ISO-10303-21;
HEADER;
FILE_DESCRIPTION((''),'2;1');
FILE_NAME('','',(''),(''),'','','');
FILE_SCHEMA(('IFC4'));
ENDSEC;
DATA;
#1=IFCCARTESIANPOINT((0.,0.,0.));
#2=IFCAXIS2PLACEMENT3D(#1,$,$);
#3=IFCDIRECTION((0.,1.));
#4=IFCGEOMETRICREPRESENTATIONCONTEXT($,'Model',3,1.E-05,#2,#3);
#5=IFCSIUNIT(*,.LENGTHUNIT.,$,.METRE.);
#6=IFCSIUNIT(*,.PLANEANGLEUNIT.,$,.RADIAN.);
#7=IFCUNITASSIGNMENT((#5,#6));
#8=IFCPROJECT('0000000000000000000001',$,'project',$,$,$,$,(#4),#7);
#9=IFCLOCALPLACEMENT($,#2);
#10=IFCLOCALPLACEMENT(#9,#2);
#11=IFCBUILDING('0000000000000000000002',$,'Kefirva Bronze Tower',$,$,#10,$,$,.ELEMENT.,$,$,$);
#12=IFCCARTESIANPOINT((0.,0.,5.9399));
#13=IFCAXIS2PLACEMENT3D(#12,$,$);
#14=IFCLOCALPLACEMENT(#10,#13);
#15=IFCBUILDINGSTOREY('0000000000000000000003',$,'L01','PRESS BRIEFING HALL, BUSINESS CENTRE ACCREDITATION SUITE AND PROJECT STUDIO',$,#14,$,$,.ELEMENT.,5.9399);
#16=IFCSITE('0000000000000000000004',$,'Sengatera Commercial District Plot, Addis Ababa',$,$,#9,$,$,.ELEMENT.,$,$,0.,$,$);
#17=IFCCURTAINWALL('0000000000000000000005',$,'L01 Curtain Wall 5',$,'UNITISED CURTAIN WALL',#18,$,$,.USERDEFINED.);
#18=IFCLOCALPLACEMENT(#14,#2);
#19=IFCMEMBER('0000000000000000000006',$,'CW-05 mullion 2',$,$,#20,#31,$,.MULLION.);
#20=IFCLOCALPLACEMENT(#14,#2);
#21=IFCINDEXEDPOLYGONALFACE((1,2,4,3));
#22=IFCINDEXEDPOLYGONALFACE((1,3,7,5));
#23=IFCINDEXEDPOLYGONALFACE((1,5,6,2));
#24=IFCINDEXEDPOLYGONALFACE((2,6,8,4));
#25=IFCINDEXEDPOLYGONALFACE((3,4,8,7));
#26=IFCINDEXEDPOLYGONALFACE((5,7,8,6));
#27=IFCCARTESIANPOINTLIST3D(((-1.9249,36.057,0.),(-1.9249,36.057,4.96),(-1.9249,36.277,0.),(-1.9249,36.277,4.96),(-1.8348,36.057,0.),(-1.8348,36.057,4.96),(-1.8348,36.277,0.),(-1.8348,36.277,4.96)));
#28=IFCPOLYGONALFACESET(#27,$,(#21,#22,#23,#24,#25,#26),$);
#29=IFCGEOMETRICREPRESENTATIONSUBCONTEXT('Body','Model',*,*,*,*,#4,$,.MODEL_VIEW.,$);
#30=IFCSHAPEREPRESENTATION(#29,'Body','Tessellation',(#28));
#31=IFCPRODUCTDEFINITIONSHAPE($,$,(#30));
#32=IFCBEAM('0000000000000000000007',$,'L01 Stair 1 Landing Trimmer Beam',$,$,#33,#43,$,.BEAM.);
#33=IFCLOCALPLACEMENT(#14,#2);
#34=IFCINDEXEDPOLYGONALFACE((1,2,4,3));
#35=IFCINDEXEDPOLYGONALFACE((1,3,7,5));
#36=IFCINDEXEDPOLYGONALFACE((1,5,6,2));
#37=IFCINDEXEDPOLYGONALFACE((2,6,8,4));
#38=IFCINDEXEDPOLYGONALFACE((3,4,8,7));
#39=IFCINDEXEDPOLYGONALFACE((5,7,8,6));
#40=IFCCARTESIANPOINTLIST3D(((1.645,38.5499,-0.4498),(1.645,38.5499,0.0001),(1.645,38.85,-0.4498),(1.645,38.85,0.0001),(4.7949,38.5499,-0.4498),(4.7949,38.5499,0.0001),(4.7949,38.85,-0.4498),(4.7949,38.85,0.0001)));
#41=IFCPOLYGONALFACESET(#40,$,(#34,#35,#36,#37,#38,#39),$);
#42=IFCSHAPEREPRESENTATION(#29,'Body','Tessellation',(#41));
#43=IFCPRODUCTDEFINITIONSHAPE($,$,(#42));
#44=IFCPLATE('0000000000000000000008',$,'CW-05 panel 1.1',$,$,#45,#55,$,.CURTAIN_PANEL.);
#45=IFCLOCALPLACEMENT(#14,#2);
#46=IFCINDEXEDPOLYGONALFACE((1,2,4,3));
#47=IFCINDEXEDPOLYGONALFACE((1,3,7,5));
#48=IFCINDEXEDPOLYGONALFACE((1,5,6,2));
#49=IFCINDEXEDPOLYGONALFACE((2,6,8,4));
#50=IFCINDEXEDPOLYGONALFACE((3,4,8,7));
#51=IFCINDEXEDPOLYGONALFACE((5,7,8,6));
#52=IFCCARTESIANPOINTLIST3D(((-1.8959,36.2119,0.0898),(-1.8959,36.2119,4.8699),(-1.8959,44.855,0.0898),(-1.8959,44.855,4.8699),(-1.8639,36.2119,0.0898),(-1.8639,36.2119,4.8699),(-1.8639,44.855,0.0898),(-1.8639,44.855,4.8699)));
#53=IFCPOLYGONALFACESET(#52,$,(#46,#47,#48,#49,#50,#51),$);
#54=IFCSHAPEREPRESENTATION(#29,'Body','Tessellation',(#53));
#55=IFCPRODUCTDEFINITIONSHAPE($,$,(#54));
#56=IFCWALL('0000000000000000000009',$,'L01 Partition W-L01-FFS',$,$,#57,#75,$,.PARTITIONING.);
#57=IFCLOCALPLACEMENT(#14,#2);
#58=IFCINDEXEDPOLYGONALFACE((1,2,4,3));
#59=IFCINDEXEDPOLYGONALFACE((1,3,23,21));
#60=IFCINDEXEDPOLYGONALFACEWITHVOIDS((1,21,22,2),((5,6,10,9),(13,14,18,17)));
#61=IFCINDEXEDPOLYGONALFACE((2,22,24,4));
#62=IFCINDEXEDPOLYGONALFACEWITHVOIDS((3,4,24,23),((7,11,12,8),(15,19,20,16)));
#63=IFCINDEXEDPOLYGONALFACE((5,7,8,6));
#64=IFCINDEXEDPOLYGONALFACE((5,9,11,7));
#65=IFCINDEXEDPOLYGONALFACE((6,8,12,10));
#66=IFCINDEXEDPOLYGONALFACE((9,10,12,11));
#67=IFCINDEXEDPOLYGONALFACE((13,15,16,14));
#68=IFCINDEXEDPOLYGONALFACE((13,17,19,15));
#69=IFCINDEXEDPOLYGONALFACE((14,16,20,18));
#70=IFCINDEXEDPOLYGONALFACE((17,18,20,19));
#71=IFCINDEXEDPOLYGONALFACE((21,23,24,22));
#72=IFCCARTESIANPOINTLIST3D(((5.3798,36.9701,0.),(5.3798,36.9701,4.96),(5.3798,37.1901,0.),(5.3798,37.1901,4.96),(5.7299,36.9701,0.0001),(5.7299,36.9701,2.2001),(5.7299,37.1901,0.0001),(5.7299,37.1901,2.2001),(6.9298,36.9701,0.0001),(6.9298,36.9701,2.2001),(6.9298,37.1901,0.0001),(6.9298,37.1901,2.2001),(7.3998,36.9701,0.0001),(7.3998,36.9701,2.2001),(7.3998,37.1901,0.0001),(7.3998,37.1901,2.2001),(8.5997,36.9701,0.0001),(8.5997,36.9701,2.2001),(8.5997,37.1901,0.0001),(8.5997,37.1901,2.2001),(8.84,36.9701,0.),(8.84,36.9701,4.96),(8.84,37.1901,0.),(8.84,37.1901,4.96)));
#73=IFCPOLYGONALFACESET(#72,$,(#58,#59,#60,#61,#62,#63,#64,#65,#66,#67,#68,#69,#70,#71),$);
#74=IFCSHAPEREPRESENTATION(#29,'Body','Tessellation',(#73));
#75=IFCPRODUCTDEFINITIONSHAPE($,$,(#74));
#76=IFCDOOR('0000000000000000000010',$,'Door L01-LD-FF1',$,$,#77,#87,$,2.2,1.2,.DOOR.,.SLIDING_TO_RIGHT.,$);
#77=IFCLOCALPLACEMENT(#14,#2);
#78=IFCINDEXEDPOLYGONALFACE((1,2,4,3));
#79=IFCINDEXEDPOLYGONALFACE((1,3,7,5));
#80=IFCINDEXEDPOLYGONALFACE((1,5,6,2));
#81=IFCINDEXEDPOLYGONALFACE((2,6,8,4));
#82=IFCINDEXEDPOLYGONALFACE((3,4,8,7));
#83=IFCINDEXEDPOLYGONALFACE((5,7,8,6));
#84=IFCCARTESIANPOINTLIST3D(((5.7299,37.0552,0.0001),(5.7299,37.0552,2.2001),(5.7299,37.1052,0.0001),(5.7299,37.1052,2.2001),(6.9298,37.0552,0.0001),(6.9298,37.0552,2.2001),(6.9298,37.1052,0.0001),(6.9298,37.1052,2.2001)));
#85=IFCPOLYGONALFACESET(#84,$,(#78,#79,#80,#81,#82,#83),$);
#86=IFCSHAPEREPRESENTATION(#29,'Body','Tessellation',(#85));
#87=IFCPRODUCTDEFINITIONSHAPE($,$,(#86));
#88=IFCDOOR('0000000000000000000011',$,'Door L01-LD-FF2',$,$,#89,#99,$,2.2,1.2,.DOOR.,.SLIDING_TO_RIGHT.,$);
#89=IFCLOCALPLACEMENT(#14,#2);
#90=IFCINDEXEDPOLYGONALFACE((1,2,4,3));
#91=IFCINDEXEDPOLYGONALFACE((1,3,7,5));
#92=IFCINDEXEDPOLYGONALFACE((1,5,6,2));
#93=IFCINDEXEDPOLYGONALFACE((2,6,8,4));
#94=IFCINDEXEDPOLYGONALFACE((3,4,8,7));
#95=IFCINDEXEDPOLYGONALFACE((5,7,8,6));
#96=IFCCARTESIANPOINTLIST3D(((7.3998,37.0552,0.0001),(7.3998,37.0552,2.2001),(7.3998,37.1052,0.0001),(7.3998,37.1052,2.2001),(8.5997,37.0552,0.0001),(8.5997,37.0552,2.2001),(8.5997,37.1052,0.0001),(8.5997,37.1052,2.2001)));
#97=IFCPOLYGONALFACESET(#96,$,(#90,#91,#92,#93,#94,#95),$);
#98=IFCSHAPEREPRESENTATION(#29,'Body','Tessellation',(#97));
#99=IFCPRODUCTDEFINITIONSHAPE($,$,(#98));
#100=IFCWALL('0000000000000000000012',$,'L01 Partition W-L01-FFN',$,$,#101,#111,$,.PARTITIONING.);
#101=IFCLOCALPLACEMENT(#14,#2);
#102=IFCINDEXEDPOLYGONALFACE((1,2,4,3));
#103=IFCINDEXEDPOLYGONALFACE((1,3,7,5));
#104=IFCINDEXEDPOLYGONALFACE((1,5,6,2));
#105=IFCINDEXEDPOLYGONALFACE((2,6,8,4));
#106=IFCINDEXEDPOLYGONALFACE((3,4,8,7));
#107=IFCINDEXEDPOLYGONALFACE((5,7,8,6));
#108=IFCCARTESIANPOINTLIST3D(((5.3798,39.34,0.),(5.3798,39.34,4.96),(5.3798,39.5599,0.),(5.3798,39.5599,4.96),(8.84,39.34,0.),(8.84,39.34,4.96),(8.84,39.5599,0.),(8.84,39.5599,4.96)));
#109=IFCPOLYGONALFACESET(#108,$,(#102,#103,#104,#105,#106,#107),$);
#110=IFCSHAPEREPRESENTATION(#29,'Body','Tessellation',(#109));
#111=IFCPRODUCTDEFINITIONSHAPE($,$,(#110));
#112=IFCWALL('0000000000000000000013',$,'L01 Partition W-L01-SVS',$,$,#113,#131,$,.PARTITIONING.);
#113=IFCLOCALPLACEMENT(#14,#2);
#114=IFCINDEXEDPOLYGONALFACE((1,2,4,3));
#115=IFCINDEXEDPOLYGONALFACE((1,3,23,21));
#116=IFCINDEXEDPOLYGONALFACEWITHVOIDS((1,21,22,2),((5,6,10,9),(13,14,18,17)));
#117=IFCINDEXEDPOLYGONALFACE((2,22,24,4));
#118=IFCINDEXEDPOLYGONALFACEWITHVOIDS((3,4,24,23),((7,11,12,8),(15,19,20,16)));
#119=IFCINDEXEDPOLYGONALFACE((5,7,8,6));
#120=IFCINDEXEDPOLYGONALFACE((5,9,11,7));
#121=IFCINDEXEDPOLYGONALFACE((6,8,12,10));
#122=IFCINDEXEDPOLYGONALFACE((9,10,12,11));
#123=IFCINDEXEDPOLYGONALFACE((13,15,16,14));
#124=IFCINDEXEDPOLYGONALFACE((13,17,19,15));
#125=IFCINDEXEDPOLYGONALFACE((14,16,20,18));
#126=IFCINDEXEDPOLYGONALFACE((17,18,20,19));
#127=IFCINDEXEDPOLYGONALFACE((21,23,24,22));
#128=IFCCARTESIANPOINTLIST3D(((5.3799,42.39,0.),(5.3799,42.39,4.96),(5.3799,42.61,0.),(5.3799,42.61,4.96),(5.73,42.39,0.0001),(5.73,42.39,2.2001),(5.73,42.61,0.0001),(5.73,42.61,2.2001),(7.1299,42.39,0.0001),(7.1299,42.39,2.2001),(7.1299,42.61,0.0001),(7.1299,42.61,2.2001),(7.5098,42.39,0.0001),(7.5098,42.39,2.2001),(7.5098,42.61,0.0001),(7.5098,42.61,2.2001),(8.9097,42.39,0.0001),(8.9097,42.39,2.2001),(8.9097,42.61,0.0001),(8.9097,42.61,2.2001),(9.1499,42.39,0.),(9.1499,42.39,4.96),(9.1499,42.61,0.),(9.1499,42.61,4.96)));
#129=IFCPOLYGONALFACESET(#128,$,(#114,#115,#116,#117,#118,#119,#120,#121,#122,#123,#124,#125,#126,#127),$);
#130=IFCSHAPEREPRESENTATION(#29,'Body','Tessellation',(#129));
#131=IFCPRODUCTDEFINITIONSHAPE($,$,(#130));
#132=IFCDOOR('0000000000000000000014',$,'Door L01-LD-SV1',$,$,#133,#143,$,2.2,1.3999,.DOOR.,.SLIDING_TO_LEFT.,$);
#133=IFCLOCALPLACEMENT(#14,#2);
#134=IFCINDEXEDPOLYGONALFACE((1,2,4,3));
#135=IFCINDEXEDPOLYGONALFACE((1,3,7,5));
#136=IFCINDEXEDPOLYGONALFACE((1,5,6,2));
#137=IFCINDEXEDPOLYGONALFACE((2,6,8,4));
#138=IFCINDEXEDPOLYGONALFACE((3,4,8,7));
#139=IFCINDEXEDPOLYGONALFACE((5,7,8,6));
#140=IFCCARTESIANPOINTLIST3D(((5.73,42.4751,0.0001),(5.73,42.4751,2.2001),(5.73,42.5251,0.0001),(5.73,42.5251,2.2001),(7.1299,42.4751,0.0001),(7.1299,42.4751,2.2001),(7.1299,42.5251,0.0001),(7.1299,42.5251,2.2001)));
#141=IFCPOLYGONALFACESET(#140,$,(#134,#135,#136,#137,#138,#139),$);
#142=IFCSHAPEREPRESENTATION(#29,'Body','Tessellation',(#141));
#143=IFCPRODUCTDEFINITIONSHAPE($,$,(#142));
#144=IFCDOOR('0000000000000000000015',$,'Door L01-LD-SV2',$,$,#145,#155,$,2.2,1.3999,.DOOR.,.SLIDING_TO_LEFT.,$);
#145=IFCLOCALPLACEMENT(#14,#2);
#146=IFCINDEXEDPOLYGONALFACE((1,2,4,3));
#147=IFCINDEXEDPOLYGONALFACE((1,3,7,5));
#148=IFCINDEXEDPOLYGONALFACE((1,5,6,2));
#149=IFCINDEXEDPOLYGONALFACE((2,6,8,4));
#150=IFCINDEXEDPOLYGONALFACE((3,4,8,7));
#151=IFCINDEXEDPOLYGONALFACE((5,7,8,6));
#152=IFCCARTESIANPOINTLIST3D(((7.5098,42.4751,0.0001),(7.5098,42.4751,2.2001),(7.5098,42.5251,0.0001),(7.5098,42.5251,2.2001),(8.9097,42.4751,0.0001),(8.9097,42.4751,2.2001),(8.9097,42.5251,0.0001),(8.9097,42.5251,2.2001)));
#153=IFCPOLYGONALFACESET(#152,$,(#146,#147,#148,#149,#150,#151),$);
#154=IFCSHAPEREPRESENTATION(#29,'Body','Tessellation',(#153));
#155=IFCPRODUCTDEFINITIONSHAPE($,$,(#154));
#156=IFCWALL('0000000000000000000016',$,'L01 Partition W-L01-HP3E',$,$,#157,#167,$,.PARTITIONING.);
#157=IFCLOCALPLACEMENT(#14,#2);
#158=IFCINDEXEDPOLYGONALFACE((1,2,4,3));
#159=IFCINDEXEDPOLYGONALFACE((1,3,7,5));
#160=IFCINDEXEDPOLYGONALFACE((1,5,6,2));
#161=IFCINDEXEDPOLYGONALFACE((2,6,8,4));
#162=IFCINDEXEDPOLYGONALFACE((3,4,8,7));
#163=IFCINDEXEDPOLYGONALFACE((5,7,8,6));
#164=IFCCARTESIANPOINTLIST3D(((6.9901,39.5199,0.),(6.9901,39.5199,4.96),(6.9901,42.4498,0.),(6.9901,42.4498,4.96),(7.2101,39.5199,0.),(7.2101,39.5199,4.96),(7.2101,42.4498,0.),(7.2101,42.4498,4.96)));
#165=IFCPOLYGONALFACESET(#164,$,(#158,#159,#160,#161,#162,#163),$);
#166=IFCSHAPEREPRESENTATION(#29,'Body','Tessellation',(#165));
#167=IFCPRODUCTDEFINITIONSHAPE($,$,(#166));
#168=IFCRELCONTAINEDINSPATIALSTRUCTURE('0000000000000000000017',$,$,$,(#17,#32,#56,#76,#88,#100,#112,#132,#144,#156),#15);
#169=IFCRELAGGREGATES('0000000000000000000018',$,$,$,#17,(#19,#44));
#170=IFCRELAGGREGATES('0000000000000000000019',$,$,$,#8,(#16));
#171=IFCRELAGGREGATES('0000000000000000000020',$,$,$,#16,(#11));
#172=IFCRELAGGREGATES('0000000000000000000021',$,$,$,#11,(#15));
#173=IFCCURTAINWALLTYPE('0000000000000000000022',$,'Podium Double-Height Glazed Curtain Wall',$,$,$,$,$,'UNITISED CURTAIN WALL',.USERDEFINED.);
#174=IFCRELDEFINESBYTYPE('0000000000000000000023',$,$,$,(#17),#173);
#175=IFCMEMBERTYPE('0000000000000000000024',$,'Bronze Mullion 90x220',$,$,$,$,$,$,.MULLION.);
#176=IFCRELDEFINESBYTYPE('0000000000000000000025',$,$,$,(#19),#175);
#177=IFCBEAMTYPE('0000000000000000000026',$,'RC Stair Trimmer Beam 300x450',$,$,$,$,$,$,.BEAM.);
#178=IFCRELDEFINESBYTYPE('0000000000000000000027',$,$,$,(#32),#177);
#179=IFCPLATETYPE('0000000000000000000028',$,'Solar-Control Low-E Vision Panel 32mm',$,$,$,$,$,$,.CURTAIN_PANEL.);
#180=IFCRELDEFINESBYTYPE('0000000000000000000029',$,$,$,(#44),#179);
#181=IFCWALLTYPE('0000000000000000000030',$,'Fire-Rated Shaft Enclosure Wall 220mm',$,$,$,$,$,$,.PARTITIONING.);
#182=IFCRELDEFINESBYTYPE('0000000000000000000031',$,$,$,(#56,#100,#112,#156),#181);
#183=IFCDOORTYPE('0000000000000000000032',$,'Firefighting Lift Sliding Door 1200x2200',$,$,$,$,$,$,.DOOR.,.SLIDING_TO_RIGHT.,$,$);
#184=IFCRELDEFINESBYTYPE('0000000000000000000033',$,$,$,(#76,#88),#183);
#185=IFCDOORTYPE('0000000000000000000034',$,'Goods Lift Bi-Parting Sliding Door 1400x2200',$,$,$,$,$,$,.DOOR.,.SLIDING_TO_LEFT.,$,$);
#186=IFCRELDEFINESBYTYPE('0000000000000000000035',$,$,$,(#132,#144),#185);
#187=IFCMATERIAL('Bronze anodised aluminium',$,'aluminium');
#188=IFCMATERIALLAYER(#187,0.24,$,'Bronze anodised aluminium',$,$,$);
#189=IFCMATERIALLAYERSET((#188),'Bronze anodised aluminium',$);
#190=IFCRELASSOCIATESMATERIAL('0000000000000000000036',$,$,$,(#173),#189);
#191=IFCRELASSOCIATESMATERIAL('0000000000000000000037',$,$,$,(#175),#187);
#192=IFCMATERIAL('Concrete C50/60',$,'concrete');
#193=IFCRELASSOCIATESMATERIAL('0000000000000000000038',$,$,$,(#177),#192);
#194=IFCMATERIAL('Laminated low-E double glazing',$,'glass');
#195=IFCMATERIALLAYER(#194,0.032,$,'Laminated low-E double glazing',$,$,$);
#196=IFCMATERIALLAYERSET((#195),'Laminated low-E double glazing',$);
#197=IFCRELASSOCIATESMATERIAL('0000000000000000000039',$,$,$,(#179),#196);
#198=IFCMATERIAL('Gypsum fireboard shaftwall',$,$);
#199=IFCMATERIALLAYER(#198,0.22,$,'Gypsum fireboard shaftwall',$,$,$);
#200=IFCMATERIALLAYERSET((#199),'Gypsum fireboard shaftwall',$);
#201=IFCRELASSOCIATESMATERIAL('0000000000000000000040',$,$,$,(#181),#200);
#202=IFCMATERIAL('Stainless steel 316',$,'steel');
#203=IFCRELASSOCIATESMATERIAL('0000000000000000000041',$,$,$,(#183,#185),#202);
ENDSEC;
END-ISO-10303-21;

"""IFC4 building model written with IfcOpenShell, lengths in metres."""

from ifc_helpers import new_model, si_unit, direction, frame, frame_2d, origin, origin_2d, place, context, subcontext, project, spatial, rectangle, extrude, material, layer, layer_set, material_profile, profile_set, type_object, element, fill, aggregate, save


model = new_model("IFC4")

# Units and contexts
model_context = context("Model", 3, precision=1e-05, world=origin(), true_north=direction((0.0, 1.0)))
body_context = subcontext(model_context, "Body", "Model", "MODEL_VIEW")
ifc_project = project(units=[si_unit("LENGTHUNIT", "METRE"), si_unit("PLANEANGLEUNIT", "RADIAN")], contexts=[model_context])

# Site, building, storey
site_placement = place(None, origin())
site = spatial("IfcSite", under=ifc_project, at=site_placement, Name="Sengatera Commercial District Plot, Addis Ababa", CompositionType="ELEMENT", RefElevation=0.0)
building_placement = place(site_placement, origin())
building = spatial("IfcBuilding", under=site, at=building_placement, Name="Kefirva Bronze Tower", CompositionType="ELEMENT")
storey_placement = place(building_placement, frame((0.0, 0.0, 5.9399)))
storey = spatial("IfcBuildingStorey", under=building, at=storey_placement, Name="L01", Description="PRESS BRIEFING HALL, BUSINESS CENTRE ACCREDITATION SUITE AND PROJECT STUDIO", CompositionType="ELEMENT", Elevation=5.9399)

# Curtain wall, member
ifc_material_1 = material(Name="Bronze anodised aluminium", Category="aluminium")
ifc_layer_1 = layer(ifc_material_1, 0.24, Name="Bronze anodised aluminium")
ifc_layer_set_1 = layer_set([ifc_layer_1], Name="Bronze anodised aluminium")
curtain_wall_type = type_object("IfcCurtainWallType", Name="Podium Double-Height Glazed Curtain Wall", ElementType="UNITISED CURTAIN WALL", PredefinedType="USERDEFINED", material=ifc_layer_set_1)
curtain_wall_placement = place(storey_placement, origin())
curtain_wall = element("IfcCurtainWall", 1, at=curtain_wall_placement, inside=storey, type_object=curtain_wall_type, Name="L01 Curtain Wall 5", ObjectType="UNITISED CURTAIN WALL", PredefinedType="USERDEFINED")
ifc_material_profile_1 = material_profile(ifc_material_1, rectangle(XDim=0.0901, YDim=0.22, at=origin_2d()), Name="ALU 90x220")
ifc_profile_set_1 = profile_set([ifc_material_profile_1], Name="Bronze anodised aluminium")
member_type = type_object("IfcMemberType", Name="Bronze Mullion 90x220", PredefinedType="MULLION", material=ifc_profile_set_1)
member_placement = place(storey_placement, frame((-1.8799, 36.167, 0.0), z_axis=(0.0, 0.0, 1.0), x_axis=(1.0, 0.0, 0.0)))
member = element("IfcMember", 2, at=member_placement, type_object=member_type, Name="CW-05 mullion 2", PredefinedType="MULLION", context=body_context, shape_type="SweptSolid", body=[
    extrude(rectangle(XDim=0.0901, YDim=0.22, at=origin_2d()), origin(), (0.0, 0.0, 1.0), 4.96),
])

# Beam
ifc_material_2 = material(Name="Concrete C50/60", Category="concrete")
ifc_material_profile_2 = material_profile(ifc_material_2, rectangle(XDim=0.3, YDim=0.45, at=origin_2d()), Name="RC 300x450")
ifc_profile_set_2 = profile_set([ifc_material_profile_2], Name="Concrete C50/60")
beam_type = type_object("IfcBeamType", Name="RC Stair Trimmer Beam 300x450", PredefinedType="BEAM", material=ifc_profile_set_2)
beam_placement = place(storey_placement, frame((1.645, 38.7, -0.2249), z_axis=(1.0, 0.0, 0.0), x_axis=(0.0, 1.0, 0.0)))
element("IfcBeam", 3, at=beam_placement, inside=storey, type_object=beam_type, Name="L01 Stair 1 Landing Trimmer Beam", PredefinedType="BEAM", context=body_context, shape_type="SweptSolid", body=[
    extrude(rectangle(XDim=0.3, YDim=0.45, at=origin_2d()), origin(), (0.0, 0.0, 1.0), 3.1499),
])

# Plate
ifc_material_3 = material(Name="Laminated low-E double glazing", Category="glass")
ifc_layer_2 = layer(ifc_material_3, 0.032, Name="Laminated low-E double glazing")
ifc_layer_set_2 = layer_set([ifc_layer_2], Name="Laminated low-E double glazing")
plate_type = type_object("IfcPlateType", Name="Solar-Control Low-E Vision Panel 32mm", PredefinedType="CURTAIN_PANEL", material=ifc_layer_set_2)
plate_placement = place(storey_placement, frame((-1.8799, 40.5334, 0.0898), z_axis=(0.0, 0.0, 1.0), x_axis=(0.0, -1.0, 0.0)))
plate = element("IfcPlate", 4, at=plate_placement, type_object=plate_type, Name="CW-05 panel 1.1", PredefinedType="CURTAIN_PANEL", context=body_context, shape_type="SweptSolid", body=[
    extrude(rectangle(XDim=8.6431, YDim=0.032, at=origin_2d()), origin(), (0.0, 0.0, 1.0), 4.78),
])
aggregate(curtain_wall, [member, plate])

# Shared definitions
ifc_material_4 = material(Name="Gypsum fireboard shaftwall")
ifc_layer_3 = layer(ifc_material_4, 0.22, Name="Gypsum fireboard shaftwall")
ifc_layer_set_3 = layer_set([ifc_layer_3], Name="Gypsum fireboard shaftwall")
wall_type_1 = type_object("IfcWallType", Name="Fire-Rated Shaft Enclosure Wall 220mm", PredefinedType="PARTITIONING", material=ifc_layer_set_3)

# Wall, openings, doors
wall_1_placement = place(storey_placement, frame((5.3799, 37.0801, 0.0), z_axis=(0.0, 0.0, 1.0), x_axis=(1.0, 0.0, 0.0)))
wall_1 = element("IfcWall", 5, at=wall_1_placement, inside=storey, type_object=wall_type_1, Name="L01 Partition W-L01-FFS", PredefinedType="PARTITIONING", context=body_context, shape_type="SweptSolid", body=[
    extrude(rectangle(XDim=3.4602, YDim=0.22, at=frame_2d((1.73, 0.0))), origin(), (0.0, 0.0, 1.0), 4.96),
])
opening_1_placement = place(wall_1_placement, frame((1.55, 0.0, 0.0), z_axis=(0.0, 0.0, 1.0), x_axis=(-1.0, 0.0, 0.0)))
opening_1 = element("IfcOpeningElement", 6, at=opening_1_placement, cuts=wall_1, PredefinedType="OPENING", context=body_context, shape_type="SweptSolid", body=[
    extrude(rectangle(XDim=1.2, YDim=2.2, at=frame_2d((0.6001, 1.1001))), frame((0.0, 0.1201, 0.0), z_axis=(0.0, -1.0, 0.0), x_axis=(1.0, 0.0, 0.0)), (0.0, 0.0, 1.0), 0.24),
])
opening_2_placement = place(wall_1_placement, frame((3.22, 0.0, 0.0), z_axis=(0.0, 0.0, 1.0), x_axis=(-1.0, 0.0, 0.0)))
opening_2 = element("IfcOpeningElement", 7, at=opening_2_placement, cuts=wall_1, PredefinedType="OPENING", context=body_context, shape_type="SweptSolid", body=[
    extrude(rectangle(XDim=1.2, YDim=2.2, at=frame_2d((0.6001, 1.1001))), frame((0.0, 0.1201, 0.0), z_axis=(0.0, -1.0, 0.0), x_axis=(1.0, 0.0, 0.0)), (0.0, 0.0, 1.0), 0.24),
])
ifc_material_5 = material(Name="Stainless steel 316", Category="steel")
door_type_1 = type_object("IfcDoorType", Name="Firefighting Lift Sliding Door 1200x2200", OperationType="SLIDING_TO_RIGHT", PredefinedType="DOOR", material=ifc_material_5)
door_1_placement = place(opening_1_placement, origin())
door_1 = element("IfcDoor", 8, at=door_1_placement, inside=storey, type_object=door_type_1, Name="Door L01-LD-FF1", OperationType="SLIDING_TO_RIGHT", OverallHeight=2.2, OverallWidth=1.2, PredefinedType="DOOR", context=body_context, shape_type="SweptSolid", body=[
    extrude(rectangle(XDim=1.2, YDim=2.2, at=frame_2d((0.6001, 1.1001))), frame((0.0, 0.0249, 0.0), z_axis=(0.0, -1.0, 0.0), x_axis=(1.0, 0.0, 0.0)), (0.0, 0.0, 1.0), 0.05),
])
fill(opening_1, door_1)
door_2_placement = place(opening_2_placement, origin())
door_2 = element("IfcDoor", 9, at=door_2_placement, inside=storey, type_object=door_type_1, Name="Door L01-LD-FF2", OperationType="SLIDING_TO_RIGHT", OverallHeight=2.2, OverallWidth=1.2, PredefinedType="DOOR", context=body_context, shape_type="SweptSolid", body=[
    extrude(rectangle(XDim=1.2, YDim=2.2, at=frame_2d((0.6001, 1.1001))), frame((0.0, 0.0249, 0.0), z_axis=(0.0, -1.0, 0.0), x_axis=(1.0, 0.0, 0.0)), (0.0, 0.0, 1.0), 0.05),
])
fill(opening_2, door_2)

# Wall
wall_2_placement = place(storey_placement, frame((5.3799, 39.45, 0.0), z_axis=(0.0, 0.0, 1.0), x_axis=(1.0, 0.0, 0.0)))
element("IfcWall", 10, at=wall_2_placement, inside=storey, type_object=wall_type_1, Name="L01 Partition W-L01-FFN", PredefinedType="PARTITIONING", context=body_context, shape_type="SweptSolid", body=[
    extrude(rectangle(XDim=3.4602, YDim=0.22, at=frame_2d((1.73, 0.0))), origin(), (0.0, 0.0, 1.0), 4.96),
])

# Wall, openings, doors
wall_3_placement = place(storey_placement, frame((5.3799, 42.5, 0.0), z_axis=(0.0, 0.0, 1.0), x_axis=(1.0, 0.0, 0.0)))
wall_3 = element("IfcWall", 11, at=wall_3_placement, inside=storey, type_object=wall_type_1, Name="L01 Partition W-L01-SVS", PredefinedType="PARTITIONING", context=body_context, shape_type="SweptSolid", body=[
    extrude(rectangle(XDim=3.77, YDim=0.22, at=frame_2d((1.885, 0.0))), origin(), (0.0, 0.0, 1.0), 4.96),
])
opening_3_placement = place(wall_3_placement, frame((1.75, 0.0, 0.0), z_axis=(0.0, 0.0, 1.0), x_axis=(-1.0, 0.0, 0.0)))
opening_3 = element("IfcOpeningElement", 12, at=opening_3_placement, cuts=wall_3, PredefinedType="OPENING", context=body_context, shape_type="SweptSolid", body=[
    extrude(rectangle(XDim=1.3999, YDim=2.2, at=frame_2d((0.7, 1.1001))), frame((0.0, 0.1201, 0.0), z_axis=(0.0, -1.0, 0.0), x_axis=(1.0, 0.0, 0.0)), (0.0, 0.0, 1.0), 0.24),
])
opening_4_placement = place(wall_3_placement, frame((3.5298, 0.0, 0.0), z_axis=(0.0, 0.0, 1.0), x_axis=(-1.0, 0.0, 0.0)))
opening_4 = element("IfcOpeningElement", 13, at=opening_4_placement, cuts=wall_3, PredefinedType="OPENING", context=body_context, shape_type="SweptSolid", body=[
    extrude(rectangle(XDim=1.3999, YDim=2.2, at=frame_2d((0.7, 1.1001))), frame((0.0, 0.1201, 0.0), z_axis=(0.0, -1.0, 0.0), x_axis=(1.0, 0.0, 0.0)), (0.0, 0.0, 1.0), 0.24),
])
door_type_2 = type_object("IfcDoorType", Name="Goods Lift Bi-Parting Sliding Door 1400x2200", OperationType="SLIDING_TO_LEFT", PredefinedType="DOOR", material=ifc_material_5)
door_3_placement = place(opening_3_placement, origin())
door_3 = element("IfcDoor", 14, at=door_3_placement, inside=storey, type_object=door_type_2, Name="Door L01-LD-SV1", OperationType="SLIDING_TO_LEFT", OverallHeight=2.2, OverallWidth=1.3999, PredefinedType="DOOR", context=body_context, shape_type="SweptSolid", body=[
    extrude(rectangle(XDim=1.3999, YDim=2.2, at=frame_2d((0.7, 1.1001))), frame((0.0, 0.0249, 0.0), z_axis=(0.0, -1.0, 0.0), x_axis=(1.0, 0.0, 0.0)), (0.0, 0.0, 1.0), 0.05),
])
fill(opening_3, door_3)
door_4_placement = place(opening_4_placement, origin())
door_4 = element("IfcDoor", 15, at=door_4_placement, inside=storey, type_object=door_type_2, Name="Door L01-LD-SV2", OperationType="SLIDING_TO_LEFT", OverallHeight=2.2, OverallWidth=1.3999, PredefinedType="DOOR", context=body_context, shape_type="SweptSolid", body=[
    extrude(rectangle(XDim=1.3999, YDim=2.2, at=frame_2d((0.7, 1.1001))), frame((0.0, 0.0249, 0.0), z_axis=(0.0, -1.0, 0.0), x_axis=(1.0, 0.0, 0.0)), (0.0, 0.0, 1.0), 0.05),
])
fill(opening_4, door_4)

# Wall
wall_4_placement = place(storey_placement, frame((7.1001, 39.52, 0.0), z_axis=(0.0, 0.0, 1.0), x_axis=(0.0, 1.0, 0.0)))
element("IfcWall", 16, at=wall_4_placement, inside=storey, type_object=wall_type_1, Name="L01 Partition W-L01-HP3E", PredefinedType="PARTITIONING", context=body_context, shape_type="SweptSolid", body=[
    extrude(rectangle(XDim=2.9299, YDim=0.22, at=frame_2d((1.4648, 0.0))), origin(), (0.0, 0.0, 1.0), 4.96),
])

save(model, "model.ifc")
